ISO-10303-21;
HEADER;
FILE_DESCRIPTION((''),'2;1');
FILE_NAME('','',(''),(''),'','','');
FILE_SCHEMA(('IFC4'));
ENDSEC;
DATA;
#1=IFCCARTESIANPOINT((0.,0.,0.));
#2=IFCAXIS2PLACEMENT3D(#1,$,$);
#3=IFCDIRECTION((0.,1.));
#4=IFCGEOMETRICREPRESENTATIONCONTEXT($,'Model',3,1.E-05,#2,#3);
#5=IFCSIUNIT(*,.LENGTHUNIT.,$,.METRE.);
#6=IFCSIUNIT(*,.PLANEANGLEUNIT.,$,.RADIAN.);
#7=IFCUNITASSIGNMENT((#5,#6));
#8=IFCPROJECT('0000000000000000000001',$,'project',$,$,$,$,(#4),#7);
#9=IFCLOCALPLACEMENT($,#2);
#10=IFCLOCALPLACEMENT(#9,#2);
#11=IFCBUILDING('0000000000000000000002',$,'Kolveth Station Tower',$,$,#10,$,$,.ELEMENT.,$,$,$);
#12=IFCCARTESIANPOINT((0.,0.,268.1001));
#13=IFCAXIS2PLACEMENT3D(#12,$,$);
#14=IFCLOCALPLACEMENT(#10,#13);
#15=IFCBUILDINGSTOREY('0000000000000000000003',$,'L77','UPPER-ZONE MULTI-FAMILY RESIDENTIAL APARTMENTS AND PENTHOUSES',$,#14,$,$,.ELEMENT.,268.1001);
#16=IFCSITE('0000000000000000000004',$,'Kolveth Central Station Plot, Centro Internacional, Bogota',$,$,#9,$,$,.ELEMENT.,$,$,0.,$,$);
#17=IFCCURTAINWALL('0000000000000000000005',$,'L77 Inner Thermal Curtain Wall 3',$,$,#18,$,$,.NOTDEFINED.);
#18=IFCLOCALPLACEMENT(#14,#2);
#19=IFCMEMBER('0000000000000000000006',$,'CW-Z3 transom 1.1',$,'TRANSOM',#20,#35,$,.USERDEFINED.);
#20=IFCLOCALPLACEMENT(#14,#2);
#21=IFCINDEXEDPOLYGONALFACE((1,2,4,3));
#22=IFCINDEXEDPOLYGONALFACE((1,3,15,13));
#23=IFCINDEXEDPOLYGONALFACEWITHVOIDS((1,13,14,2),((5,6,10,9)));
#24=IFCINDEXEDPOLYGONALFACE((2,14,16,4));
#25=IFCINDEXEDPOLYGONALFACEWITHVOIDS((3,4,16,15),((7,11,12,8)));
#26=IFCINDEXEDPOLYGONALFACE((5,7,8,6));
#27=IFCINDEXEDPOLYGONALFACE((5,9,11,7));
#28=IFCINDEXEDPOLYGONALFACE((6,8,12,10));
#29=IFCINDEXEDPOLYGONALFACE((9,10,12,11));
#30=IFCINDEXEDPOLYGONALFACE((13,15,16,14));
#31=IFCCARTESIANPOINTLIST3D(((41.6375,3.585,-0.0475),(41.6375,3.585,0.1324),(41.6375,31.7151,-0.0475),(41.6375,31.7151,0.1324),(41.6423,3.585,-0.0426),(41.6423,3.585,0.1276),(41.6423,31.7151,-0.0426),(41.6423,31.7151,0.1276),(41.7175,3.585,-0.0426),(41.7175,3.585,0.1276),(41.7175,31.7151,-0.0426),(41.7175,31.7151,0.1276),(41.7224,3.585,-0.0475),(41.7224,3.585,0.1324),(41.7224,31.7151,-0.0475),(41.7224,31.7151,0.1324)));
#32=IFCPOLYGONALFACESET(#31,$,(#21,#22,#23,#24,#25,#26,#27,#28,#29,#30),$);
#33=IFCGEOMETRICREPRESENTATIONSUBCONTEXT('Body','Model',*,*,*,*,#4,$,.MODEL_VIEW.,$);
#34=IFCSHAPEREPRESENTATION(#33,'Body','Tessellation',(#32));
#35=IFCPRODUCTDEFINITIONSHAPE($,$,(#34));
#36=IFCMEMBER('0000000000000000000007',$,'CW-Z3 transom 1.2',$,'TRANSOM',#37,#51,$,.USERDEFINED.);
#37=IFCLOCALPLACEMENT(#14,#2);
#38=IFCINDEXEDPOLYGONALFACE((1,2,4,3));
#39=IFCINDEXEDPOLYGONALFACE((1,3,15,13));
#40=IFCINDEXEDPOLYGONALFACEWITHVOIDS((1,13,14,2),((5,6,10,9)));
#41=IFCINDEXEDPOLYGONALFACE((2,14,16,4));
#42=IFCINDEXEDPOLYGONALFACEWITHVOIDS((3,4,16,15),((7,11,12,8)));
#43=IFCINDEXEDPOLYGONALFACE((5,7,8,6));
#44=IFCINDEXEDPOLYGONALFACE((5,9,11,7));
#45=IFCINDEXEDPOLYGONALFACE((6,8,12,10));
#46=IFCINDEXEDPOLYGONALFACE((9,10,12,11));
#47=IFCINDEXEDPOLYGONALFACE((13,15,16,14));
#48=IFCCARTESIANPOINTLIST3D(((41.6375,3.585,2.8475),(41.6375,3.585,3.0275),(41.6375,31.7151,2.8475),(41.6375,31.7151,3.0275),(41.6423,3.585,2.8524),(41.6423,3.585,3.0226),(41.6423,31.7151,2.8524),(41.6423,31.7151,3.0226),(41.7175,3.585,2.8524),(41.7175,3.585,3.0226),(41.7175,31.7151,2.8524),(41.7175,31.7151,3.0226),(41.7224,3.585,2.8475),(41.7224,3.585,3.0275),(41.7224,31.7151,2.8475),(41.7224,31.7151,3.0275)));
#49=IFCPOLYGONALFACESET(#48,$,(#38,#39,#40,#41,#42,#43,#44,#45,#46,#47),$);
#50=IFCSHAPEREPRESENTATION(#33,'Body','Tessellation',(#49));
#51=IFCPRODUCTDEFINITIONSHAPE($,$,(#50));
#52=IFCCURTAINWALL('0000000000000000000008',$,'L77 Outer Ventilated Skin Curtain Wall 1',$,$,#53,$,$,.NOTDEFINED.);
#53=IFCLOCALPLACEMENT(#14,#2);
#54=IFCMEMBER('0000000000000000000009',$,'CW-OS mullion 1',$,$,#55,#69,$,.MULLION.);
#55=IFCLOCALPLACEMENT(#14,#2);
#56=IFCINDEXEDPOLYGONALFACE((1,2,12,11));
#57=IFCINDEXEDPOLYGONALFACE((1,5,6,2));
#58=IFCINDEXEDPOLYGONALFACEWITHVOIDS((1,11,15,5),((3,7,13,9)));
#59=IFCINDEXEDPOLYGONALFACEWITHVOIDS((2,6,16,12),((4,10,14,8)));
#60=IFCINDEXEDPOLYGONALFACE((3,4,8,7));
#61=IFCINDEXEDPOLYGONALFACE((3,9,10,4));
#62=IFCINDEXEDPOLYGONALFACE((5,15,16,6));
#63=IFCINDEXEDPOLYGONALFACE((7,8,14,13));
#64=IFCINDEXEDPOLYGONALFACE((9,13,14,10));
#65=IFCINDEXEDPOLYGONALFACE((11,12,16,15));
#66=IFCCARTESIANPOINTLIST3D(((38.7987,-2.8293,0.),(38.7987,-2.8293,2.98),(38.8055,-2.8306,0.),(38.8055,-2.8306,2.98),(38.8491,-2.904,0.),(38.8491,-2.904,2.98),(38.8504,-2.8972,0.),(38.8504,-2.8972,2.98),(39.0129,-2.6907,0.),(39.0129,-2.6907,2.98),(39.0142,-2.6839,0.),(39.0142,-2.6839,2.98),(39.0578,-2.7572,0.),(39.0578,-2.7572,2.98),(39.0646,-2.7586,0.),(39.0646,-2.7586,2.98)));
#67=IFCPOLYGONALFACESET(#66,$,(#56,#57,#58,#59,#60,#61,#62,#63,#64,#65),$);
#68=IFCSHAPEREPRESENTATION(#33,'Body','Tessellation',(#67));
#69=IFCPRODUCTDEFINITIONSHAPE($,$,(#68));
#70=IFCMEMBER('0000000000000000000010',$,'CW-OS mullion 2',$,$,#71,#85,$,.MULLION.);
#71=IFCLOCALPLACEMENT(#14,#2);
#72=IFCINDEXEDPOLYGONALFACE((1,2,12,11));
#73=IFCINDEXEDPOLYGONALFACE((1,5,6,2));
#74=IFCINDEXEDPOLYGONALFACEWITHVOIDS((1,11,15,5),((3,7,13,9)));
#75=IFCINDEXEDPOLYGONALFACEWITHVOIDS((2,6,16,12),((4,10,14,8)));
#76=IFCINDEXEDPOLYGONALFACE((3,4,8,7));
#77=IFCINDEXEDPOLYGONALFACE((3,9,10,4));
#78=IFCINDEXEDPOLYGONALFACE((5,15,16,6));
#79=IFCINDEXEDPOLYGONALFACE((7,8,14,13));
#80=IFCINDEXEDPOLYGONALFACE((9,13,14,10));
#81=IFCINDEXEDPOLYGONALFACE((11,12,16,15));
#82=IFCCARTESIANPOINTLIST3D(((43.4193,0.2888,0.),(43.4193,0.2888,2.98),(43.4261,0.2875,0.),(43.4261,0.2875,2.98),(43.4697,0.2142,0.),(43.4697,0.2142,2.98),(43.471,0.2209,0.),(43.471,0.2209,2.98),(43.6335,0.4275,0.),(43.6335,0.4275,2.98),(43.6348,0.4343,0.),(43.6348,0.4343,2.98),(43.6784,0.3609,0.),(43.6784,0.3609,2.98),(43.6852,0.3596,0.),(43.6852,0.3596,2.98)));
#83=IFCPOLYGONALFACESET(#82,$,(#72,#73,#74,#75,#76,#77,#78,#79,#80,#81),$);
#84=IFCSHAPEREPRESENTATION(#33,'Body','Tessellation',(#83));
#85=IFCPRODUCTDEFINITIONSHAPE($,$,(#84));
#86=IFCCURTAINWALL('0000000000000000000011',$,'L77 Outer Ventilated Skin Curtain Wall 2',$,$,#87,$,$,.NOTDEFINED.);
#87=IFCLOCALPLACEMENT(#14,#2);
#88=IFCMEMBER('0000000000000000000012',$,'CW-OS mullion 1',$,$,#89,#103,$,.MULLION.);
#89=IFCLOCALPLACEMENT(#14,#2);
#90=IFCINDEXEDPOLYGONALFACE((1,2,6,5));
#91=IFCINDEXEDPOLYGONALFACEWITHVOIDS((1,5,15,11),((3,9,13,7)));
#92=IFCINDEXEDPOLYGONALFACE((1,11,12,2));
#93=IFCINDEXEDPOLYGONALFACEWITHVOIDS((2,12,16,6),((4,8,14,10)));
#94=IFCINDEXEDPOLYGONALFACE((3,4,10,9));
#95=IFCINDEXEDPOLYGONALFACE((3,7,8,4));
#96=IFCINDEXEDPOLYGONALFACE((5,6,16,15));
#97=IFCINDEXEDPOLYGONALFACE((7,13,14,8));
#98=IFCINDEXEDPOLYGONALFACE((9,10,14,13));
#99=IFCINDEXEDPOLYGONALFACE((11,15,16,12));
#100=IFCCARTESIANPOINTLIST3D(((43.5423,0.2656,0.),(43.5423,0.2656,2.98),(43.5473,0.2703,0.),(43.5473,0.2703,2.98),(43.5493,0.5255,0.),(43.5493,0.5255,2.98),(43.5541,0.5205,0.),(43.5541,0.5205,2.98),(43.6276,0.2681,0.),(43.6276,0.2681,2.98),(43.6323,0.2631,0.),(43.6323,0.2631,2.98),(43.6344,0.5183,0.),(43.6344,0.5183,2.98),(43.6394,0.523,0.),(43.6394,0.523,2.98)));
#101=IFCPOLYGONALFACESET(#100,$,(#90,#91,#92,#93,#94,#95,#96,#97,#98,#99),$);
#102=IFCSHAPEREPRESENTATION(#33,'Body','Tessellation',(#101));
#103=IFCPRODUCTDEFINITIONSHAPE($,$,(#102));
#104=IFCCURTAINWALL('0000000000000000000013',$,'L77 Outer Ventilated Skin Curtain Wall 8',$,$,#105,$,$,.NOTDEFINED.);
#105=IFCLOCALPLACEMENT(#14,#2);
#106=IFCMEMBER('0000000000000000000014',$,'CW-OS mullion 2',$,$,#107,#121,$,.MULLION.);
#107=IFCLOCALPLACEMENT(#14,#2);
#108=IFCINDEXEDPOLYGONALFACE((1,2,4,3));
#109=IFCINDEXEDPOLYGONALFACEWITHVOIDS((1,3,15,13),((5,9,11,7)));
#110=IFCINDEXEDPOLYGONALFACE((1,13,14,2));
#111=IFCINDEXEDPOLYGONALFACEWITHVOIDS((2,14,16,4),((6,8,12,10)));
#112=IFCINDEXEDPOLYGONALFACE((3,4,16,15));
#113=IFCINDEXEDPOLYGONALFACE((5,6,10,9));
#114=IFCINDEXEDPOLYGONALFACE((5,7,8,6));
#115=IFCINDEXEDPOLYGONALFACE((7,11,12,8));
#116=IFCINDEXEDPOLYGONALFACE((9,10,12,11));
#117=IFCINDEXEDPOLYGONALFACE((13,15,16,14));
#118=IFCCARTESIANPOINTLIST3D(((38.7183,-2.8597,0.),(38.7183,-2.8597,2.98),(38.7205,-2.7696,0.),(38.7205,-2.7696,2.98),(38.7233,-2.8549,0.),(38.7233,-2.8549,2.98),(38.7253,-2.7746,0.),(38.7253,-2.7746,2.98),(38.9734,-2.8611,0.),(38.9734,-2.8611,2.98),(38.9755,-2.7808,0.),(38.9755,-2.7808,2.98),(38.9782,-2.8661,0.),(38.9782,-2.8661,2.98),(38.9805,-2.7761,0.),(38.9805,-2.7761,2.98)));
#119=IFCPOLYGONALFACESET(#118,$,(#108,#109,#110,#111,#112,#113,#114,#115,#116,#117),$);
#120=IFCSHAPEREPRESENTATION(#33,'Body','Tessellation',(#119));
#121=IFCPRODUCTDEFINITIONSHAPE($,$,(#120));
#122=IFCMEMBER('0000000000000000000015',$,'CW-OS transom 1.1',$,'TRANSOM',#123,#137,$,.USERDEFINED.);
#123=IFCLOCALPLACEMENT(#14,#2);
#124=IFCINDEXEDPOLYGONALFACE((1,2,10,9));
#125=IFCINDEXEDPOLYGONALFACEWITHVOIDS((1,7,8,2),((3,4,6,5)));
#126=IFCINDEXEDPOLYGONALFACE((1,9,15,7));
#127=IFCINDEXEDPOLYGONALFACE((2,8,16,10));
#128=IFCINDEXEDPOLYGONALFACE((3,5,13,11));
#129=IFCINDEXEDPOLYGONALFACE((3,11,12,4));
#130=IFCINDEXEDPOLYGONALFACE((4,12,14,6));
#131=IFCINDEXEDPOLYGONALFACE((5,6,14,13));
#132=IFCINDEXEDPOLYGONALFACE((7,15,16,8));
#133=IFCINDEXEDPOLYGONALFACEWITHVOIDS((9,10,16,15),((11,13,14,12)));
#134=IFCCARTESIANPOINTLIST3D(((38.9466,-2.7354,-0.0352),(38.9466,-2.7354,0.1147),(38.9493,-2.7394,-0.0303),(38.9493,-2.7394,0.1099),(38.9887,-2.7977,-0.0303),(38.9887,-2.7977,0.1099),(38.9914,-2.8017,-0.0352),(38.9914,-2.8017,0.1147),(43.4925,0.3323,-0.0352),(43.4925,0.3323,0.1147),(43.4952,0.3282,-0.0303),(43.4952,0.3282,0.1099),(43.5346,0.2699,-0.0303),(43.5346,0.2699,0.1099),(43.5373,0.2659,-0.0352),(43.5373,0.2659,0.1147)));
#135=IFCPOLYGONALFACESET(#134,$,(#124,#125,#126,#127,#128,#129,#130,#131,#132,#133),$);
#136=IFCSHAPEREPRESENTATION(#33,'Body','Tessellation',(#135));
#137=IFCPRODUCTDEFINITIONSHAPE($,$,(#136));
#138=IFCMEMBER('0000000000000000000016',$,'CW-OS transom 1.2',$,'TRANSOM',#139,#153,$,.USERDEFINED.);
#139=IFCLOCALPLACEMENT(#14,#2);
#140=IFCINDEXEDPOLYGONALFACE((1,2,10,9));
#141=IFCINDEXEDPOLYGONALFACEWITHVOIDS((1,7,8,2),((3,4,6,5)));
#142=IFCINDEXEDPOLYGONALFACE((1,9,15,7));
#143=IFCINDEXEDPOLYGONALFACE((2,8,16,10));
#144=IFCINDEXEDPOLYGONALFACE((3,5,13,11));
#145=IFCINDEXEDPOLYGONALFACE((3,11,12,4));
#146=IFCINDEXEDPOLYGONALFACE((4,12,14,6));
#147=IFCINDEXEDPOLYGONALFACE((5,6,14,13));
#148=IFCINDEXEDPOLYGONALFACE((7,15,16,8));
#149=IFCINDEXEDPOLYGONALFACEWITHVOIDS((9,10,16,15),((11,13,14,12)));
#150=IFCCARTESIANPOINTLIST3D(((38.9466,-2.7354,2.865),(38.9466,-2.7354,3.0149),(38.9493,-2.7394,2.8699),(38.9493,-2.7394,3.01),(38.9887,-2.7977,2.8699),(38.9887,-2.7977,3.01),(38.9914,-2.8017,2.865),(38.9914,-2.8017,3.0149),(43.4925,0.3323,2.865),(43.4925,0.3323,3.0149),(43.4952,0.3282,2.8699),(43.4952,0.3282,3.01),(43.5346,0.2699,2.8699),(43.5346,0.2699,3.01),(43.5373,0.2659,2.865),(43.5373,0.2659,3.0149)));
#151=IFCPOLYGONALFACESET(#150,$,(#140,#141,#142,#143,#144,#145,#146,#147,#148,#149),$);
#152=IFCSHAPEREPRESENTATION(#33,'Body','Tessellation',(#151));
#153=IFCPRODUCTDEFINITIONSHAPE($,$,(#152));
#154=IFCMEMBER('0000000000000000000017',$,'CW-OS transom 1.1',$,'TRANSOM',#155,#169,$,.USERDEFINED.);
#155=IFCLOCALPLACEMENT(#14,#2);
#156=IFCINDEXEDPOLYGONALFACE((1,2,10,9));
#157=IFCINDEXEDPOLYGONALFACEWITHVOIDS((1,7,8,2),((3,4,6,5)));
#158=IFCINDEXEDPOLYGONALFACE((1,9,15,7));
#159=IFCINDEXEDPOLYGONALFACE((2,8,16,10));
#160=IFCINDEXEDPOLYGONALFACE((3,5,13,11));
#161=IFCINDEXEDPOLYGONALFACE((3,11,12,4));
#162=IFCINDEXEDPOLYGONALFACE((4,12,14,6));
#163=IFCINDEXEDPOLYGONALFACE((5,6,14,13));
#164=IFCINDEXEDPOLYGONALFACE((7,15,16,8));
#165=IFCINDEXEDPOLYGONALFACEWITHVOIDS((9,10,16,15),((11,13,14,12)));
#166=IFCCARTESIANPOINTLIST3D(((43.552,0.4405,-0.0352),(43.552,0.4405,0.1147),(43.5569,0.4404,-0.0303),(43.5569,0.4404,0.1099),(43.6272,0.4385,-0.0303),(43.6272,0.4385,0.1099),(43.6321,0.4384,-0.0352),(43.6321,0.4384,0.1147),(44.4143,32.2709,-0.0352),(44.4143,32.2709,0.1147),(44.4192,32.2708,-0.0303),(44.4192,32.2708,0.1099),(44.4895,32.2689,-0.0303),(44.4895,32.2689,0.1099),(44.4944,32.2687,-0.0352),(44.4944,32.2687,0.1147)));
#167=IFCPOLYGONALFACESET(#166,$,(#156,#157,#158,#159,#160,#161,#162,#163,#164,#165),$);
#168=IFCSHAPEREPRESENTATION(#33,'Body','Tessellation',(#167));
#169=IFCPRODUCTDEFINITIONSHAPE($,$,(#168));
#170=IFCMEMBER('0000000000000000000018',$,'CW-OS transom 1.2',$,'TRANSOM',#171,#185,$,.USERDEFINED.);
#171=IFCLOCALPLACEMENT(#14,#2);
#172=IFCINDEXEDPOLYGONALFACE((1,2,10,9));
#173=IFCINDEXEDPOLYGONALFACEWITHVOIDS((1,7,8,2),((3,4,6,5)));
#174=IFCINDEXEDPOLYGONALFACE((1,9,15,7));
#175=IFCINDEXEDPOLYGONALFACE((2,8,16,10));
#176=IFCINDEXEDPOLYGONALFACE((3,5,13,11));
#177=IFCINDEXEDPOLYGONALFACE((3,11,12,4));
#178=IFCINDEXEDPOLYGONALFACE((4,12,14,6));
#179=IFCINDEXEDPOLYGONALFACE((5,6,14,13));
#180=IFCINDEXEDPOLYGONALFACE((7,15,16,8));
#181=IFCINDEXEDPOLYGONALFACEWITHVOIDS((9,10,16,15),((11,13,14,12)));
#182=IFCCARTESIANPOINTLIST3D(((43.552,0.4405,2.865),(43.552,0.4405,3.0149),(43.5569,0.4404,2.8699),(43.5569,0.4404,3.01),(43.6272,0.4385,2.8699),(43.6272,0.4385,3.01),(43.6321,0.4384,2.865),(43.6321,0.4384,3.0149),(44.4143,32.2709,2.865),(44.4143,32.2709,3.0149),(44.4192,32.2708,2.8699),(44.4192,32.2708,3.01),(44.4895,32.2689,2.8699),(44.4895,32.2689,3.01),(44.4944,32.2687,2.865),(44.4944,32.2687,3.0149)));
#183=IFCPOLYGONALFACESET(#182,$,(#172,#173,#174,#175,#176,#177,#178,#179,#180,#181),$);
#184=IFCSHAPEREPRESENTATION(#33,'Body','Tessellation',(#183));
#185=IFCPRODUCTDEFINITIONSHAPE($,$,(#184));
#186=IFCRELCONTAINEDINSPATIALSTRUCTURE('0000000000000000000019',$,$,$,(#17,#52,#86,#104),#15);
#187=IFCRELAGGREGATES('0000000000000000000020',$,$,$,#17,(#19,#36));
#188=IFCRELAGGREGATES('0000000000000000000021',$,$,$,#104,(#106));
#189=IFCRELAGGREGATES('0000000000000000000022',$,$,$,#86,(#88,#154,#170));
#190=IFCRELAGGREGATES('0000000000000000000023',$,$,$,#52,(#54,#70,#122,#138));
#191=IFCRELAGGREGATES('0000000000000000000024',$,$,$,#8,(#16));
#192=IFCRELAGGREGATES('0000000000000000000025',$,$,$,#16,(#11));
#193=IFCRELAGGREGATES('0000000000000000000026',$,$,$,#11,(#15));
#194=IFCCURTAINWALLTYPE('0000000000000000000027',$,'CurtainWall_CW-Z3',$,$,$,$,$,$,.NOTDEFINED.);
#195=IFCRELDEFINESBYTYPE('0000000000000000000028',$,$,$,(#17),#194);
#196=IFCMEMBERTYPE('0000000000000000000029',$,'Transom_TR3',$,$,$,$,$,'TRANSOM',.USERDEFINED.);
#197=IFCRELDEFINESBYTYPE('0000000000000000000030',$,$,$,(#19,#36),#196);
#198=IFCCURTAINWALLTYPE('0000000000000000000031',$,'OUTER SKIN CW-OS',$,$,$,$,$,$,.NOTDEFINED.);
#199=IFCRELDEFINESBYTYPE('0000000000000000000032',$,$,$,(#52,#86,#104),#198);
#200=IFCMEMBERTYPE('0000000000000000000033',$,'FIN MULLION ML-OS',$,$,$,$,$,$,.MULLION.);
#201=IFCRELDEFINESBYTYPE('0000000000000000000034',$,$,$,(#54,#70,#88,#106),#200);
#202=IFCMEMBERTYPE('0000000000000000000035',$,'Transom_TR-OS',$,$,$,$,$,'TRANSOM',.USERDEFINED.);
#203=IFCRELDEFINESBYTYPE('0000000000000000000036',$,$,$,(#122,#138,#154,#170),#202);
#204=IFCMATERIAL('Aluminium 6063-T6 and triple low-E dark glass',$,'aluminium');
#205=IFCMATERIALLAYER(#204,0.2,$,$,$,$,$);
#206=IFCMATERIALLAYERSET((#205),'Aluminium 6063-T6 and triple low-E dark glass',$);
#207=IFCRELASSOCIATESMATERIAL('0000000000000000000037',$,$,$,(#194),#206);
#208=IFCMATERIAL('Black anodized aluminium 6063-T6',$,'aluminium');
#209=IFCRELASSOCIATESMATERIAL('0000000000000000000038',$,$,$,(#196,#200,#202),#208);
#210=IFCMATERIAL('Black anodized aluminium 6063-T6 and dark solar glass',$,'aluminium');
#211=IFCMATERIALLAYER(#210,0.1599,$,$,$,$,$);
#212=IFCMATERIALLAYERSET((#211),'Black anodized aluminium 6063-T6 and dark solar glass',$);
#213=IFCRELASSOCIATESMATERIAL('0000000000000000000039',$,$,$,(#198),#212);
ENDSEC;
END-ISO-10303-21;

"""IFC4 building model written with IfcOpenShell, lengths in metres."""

from ifc_helpers import new_model, si_unit, direction, frame, origin, origin_2d, place, context, subcontext, project, spatial, hollow_rectangle, extrude, source, transform, mapped, material, layer, layer_set, material_profile, profile_set, type_object, element, aggregate, save


model = new_model("IFC4")

# Units and contexts
model_context = context("Model", 3, precision=1e-05, world=origin(), true_north=direction((0.0, 1.0)))
body_context = subcontext(model_context, "Body", "Model", "MODEL_VIEW")
ifc_project = project(units=[si_unit("LENGTHUNIT", "METRE"), si_unit("PLANEANGLEUNIT", "RADIAN")], contexts=[model_context])

# Site, building, storey
site_placement = place(None, origin())
site = spatial("IfcSite", under=ifc_project, at=site_placement, Name="Kolveth Central Station Plot, Centro Internacional, Bogota", CompositionType="ELEMENT", RefElevation=0.0)
building_placement = place(site_placement, origin())
building = spatial("IfcBuilding", under=site, at=building_placement, Name="Kolveth Station Tower", CompositionType="ELEMENT")
storey_placement = place(building_placement, frame((0.0, 0.0, 268.1001)))
storey = spatial("IfcBuildingStorey", under=building, at=storey_placement, Name="L77", Description="UPPER-ZONE MULTI-FAMILY RESIDENTIAL APARTMENTS AND PENTHOUSES", CompositionType="ELEMENT", Elevation=268.1001)

# Shared definitions
ifc_material_1 = material(Name="Aluminium 6063-T6 and triple low-E dark glass", Category="aluminium")
ifc_layer_1 = layer(ifc_material_1, 0.2)
ifc_layer_set_1 = layer_set([ifc_layer_1], Name="Aluminium 6063-T6 and triple low-E dark glass")
curtain_wall_type_1 = type_object("IfcCurtainWallType", Name="CurtainWall_CW-Z3", PredefinedType="NOTDEFINED", material=ifc_layer_set_1)
ifc_material_2 = material(Name="Black anodized aluminium 6063-T6", Category="aluminium")

# Curtain wall
curtain_wall_1_placement = place(storey_placement, origin())
curtain_wall_1 = element("IfcCurtainWall", 1, at=curtain_wall_1_placement, inside=storey, type_object=curtain_wall_type_1, Name="L77 Inner Thermal Curtain Wall 3", PredefinedType="NOTDEFINED")

# Members
ifc_material_profile_1 = material_profile(ifc_material_2, hollow_rectangle(XDim=0.085, YDim=0.1799, WallThickness=0.0049, at=origin_2d()), Name="ALU-85x180x5")
ifc_profile_set_1 = profile_set([ifc_material_profile_1], Name="Black anodized aluminium 6063-T6")
member_type_1 = type_object("IfcMemberType", Name="Transom_TR3", ElementType="TRANSOM", PredefinedType="USERDEFINED", material=ifc_profile_set_1)
shared_shape_1 = source(origin(), body_context, "Body", "SweptSolid", [
    extrude(hollow_rectangle(XDim=0.085, YDim=0.1799, WallThickness=0.0049, at=origin_2d()), origin(), (0.0, 0.0, 1.0), 28.1301),
])
member_1_placement = place(storey_placement, frame((41.6799, 3.585, 0.0425), z_axis=(0.0, 1.0, 0.0), x_axis=(-1.0, 0.0, 0.0)))
member_1 = element("IfcMember", 2, at=member_1_placement, type_object=member_type_1, Name="CW-Z3 transom 1.1", ObjectType="TRANSOM", PredefinedType="USERDEFINED", context=body_context, shape_type="MappedRepresentation", body=[
    mapped(shared_shape_1, transform((0.0, 0.0, 0.0), x_axis=(1.0, 0.0, 0.0), y_axis=(0.0, 1.0, 0.0), z_axis=(0.0, 0.0, 1.0), scale=1.0)),
])
member_2_placement = place(storey_placement, frame((41.6799, 3.585, 2.9375), z_axis=(0.0, 1.0, 0.0), x_axis=(-1.0, 0.0, 0.0)))
member_2 = element("IfcMember", 3, at=member_2_placement, type_object=member_type_1, Name="CW-Z3 transom 1.2", ObjectType="TRANSOM", PredefinedType="USERDEFINED", context=body_context, shape_type="MappedRepresentation", body=[
    mapped(shared_shape_1, transform((0.0, 0.0, 0.0), x_axis=(1.0, 0.0, 0.0), y_axis=(0.0, 1.0, 0.0), z_axis=(0.0, 0.0, 1.0), scale=1.0)),
])
aggregate(curtain_wall_1, [member_1, member_2])

# Curtain wall, members
ifc_material_3 = material(Name="Black anodized aluminium 6063-T6 and dark solar glass", Category="aluminium")
ifc_layer_2 = layer(ifc_material_3, 0.1599)
ifc_layer_set_2 = layer_set([ifc_layer_2], Name="Black anodized aluminium 6063-T6 and dark solar glass")
curtain_wall_type_2 = type_object("IfcCurtainWallType", Name="OUTER SKIN CW-OS", PredefinedType="NOTDEFINED", material=ifc_layer_set_2)
curtain_wall_2_placement = place(storey_placement, origin())
curtain_wall_2 = element("IfcCurtainWall", 4, at=curtain_wall_2_placement, inside=storey, type_object=curtain_wall_type_2, Name="L77 Outer Ventilated Skin Curtain Wall 1", PredefinedType="NOTDEFINED")
ifc_material_profile_2 = material_profile(ifc_material_2, hollow_rectangle(XDim=0.0901, YDim=0.26, WallThickness=0.0049, at=origin_2d()), Name="ALU-90x260x5")
ifc_profile_set_2 = profile_set([ifc_material_profile_2], Name="Black anodized aluminium 6063-T6")
member_type_2 = type_object("IfcMemberType", Name="FIN MULLION ML-OS", PredefinedType="MULLION", material=ifc_profile_set_2)
shared_shape_2 = source(origin(), body_context, "Body", "SweptSolid", [
    extrude(hollow_rectangle(XDim=0.0901, YDim=0.26, WallThickness=0.0049, at=origin_2d()), origin(), (0.0, 0.0, 1.0), 2.98),
])
member_3_placement = place(storey_placement, frame((38.9316, -2.7939, 0.0), z_axis=(0.0, 0.0, 1.0), x_axis=(-0.559369, 0.828919, 0.0)))
member_3 = element("IfcMember", 5, at=member_3_placement, type_object=member_type_2, Name="CW-OS mullion 1", PredefinedType="MULLION", context=body_context, shape_type="MappedRepresentation", body=[
    mapped(shared_shape_2, transform((0.0, 0.0, 0.0), x_axis=(1.0, 0.0, 0.0), y_axis=(0.0, 1.0, 0.0), z_axis=(0.0, 0.0, 1.0), scale=1.0)),
])
member_4_placement = place(storey_placement, frame((43.5522, 0.3242, 0.0), z_axis=(0.0, 0.0, 1.0), x_axis=(-0.559369, 0.828919, 0.0)))
member_4 = element("IfcMember", 6, at=member_4_placement, type_object=member_type_2, Name="CW-OS mullion 2", PredefinedType="MULLION", context=body_context, shape_type="MappedRepresentation", body=[
    mapped(shared_shape_2, transform((0.0, 0.0, 0.0), x_axis=(1.0, 0.0, 0.0), y_axis=(0.0, 1.0, 0.0), z_axis=(0.0, 0.0, 1.0), scale=1.0)),
])

# Curtain walls, members
curtain_wall_3_placement = place(storey_placement, origin())
curtain_wall_3 = element("IfcCurtainWall", 7, at=curtain_wall_3_placement, inside=storey, type_object=curtain_wall_type_2, Name="L77 Outer Ventilated Skin Curtain Wall 2", PredefinedType="NOTDEFINED")
member_5_placement = place(storey_placement, frame((43.5908, 0.3943, 0.0), z_axis=(0.0, 0.0, 1.0), x_axis=(-0.999633, 0.027088, 0.0)))
member_5 = element("IfcMember", 8, at=member_5_placement, type_object=member_type_2, Name="CW-OS mullion 1", PredefinedType="MULLION", context=body_context, shape_type="MappedRepresentation", body=[
    mapped(shared_shape_2, transform((0.0, 0.0, 0.0), x_axis=(1.0, 0.0, 0.0), y_axis=(0.0, 1.0, 0.0), z_axis=(0.0, 0.0, 1.0), scale=1.0)),
])
curtain_wall_4_placement = place(storey_placement, origin())
curtain_wall_4 = element("IfcCurtainWall", 9, at=curtain_wall_4_placement, inside=storey, type_object=curtain_wall_type_2, Name="L77 Outer Ventilated Skin Curtain Wall 8", PredefinedType="NOTDEFINED")
member_6_placement = place(storey_placement, frame((38.8494, -2.8179, 0.0), z_axis=(0.0, 0.0, 1.0), x_axis=(0.02497, 0.999688, 0.0)))
member_6 = element("IfcMember", 10, at=member_6_placement, type_object=member_type_2, Name="CW-OS mullion 2", PredefinedType="MULLION", context=body_context, shape_type="MappedRepresentation", body=[
    mapped(shared_shape_2, transform((0.0, 0.0, 0.0), x_axis=(1.0, 0.0, 0.0), y_axis=(0.0, 1.0, 0.0), z_axis=(0.0, 0.0, 1.0), scale=1.0)),
])
aggregate(curtain_wall_4, [member_6])

# Members
ifc_material_profile_3 = material_profile(ifc_material_2, hollow_rectangle(XDim=0.0801, YDim=0.1499, WallThickness=0.0049, at=origin_2d()), Name="ALU-80x150x5")
ifc_profile_set_3 = profile_set([ifc_material_profile_3], Name="Black anodized aluminium 6063-T6")
member_type_3 = type_object("IfcMemberType", Name="Transom_TR-OS", ElementType="TRANSOM", PredefinedType="USERDEFINED", material=ifc_profile_set_3)
shared_shape_3 = source(origin(), body_context, "Body", "SweptSolid", [
    extrude(hollow_rectangle(XDim=0.0801, YDim=0.1499, WallThickness=0.0049, at=origin_2d()), origin(), (0.0, 0.0, 1.0), 5.4841),
])
member_7_placement = place(storey_placement, frame((38.969, -2.7686, 0.0398), z_axis=(0.828921, 0.559366, 0.0), x_axis=(-0.559366, 0.828921, 0.0)))
member_7 = element("IfcMember", 11, at=member_7_placement, type_object=member_type_3, Name="CW-OS transom 1.1", ObjectType="TRANSOM", PredefinedType="USERDEFINED", context=body_context, shape_type="MappedRepresentation", body=[
    mapped(shared_shape_3, transform((0.0, 0.0, 0.0), x_axis=(1.0, 0.0, 0.0), y_axis=(0.0, 1.0, 0.0), z_axis=(0.0, 0.0, 1.0), scale=1.0)),
])
member_8_placement = place(storey_placement, frame((38.969, -2.7686, 2.9399), z_axis=(0.828921, 0.559366, 0.0), x_axis=(-0.559366, 0.828921, 0.0)))
member_8 = element("IfcMember", 12, at=member_8_placement, type_object=member_type_3, Name="CW-OS transom 1.2", ObjectType="TRANSOM", PredefinedType="USERDEFINED", context=body_context, shape_type="MappedRepresentation", body=[
    mapped(shared_shape_3, transform((0.0, 0.0, 0.0), x_axis=(1.0, 0.0, 0.0), y_axis=(0.0, 1.0, 0.0), z_axis=(0.0, 0.0, 1.0), scale=1.0)),
])
shared_shape_4 = source(origin(), body_context, "Body", "SweptSolid", [
    extrude(hollow_rectangle(XDim=0.0801, YDim=0.1499, WallThickness=0.0049, at=origin_2d()), origin(), (0.0, 0.0, 1.0), 31.842),
])
member_9_placement = place(storey_placement, frame((43.592, 0.4395, 0.0398), z_axis=(0.027081, 0.999633, 0.0), x_axis=(-0.999633, 0.027081, 0.0)))
member_9 = element("IfcMember", 13, at=member_9_placement, type_object=member_type_3, Name="CW-OS transom 1.1", ObjectType="TRANSOM", PredefinedType="USERDEFINED", context=body_context, shape_type="MappedRepresentation", body=[
    mapped(shared_shape_4, transform((0.0, 0.0, 0.0), x_axis=(1.0, 0.0, 0.0), y_axis=(0.0, 1.0, 0.0), z_axis=(0.0, 0.0, 1.0), scale=1.0)),
])
member_10_placement = place(storey_placement, frame((43.592, 0.4395, 2.9399), z_axis=(0.027081, 0.999633, 0.0), x_axis=(-0.999633, 0.027081, 0.0)))
member_10 = element("IfcMember", 14, at=member_10_placement, type_object=member_type_3, Name="CW-OS transom 1.2", ObjectType="TRANSOM", PredefinedType="USERDEFINED", context=body_context, shape_type="MappedRepresentation", body=[
    mapped(shared_shape_4, transform((0.0, 0.0, 0.0), x_axis=(1.0, 0.0, 0.0), y_axis=(0.0, 1.0, 0.0), z_axis=(0.0, 0.0, 1.0), scale=1.0)),
])
aggregate(curtain_wall_3, [member_5, member_9, member_10])

aggregate(curtain_wall_2, [member_3, member_4, member_7, member_8])

save(model, "model.ifc")
